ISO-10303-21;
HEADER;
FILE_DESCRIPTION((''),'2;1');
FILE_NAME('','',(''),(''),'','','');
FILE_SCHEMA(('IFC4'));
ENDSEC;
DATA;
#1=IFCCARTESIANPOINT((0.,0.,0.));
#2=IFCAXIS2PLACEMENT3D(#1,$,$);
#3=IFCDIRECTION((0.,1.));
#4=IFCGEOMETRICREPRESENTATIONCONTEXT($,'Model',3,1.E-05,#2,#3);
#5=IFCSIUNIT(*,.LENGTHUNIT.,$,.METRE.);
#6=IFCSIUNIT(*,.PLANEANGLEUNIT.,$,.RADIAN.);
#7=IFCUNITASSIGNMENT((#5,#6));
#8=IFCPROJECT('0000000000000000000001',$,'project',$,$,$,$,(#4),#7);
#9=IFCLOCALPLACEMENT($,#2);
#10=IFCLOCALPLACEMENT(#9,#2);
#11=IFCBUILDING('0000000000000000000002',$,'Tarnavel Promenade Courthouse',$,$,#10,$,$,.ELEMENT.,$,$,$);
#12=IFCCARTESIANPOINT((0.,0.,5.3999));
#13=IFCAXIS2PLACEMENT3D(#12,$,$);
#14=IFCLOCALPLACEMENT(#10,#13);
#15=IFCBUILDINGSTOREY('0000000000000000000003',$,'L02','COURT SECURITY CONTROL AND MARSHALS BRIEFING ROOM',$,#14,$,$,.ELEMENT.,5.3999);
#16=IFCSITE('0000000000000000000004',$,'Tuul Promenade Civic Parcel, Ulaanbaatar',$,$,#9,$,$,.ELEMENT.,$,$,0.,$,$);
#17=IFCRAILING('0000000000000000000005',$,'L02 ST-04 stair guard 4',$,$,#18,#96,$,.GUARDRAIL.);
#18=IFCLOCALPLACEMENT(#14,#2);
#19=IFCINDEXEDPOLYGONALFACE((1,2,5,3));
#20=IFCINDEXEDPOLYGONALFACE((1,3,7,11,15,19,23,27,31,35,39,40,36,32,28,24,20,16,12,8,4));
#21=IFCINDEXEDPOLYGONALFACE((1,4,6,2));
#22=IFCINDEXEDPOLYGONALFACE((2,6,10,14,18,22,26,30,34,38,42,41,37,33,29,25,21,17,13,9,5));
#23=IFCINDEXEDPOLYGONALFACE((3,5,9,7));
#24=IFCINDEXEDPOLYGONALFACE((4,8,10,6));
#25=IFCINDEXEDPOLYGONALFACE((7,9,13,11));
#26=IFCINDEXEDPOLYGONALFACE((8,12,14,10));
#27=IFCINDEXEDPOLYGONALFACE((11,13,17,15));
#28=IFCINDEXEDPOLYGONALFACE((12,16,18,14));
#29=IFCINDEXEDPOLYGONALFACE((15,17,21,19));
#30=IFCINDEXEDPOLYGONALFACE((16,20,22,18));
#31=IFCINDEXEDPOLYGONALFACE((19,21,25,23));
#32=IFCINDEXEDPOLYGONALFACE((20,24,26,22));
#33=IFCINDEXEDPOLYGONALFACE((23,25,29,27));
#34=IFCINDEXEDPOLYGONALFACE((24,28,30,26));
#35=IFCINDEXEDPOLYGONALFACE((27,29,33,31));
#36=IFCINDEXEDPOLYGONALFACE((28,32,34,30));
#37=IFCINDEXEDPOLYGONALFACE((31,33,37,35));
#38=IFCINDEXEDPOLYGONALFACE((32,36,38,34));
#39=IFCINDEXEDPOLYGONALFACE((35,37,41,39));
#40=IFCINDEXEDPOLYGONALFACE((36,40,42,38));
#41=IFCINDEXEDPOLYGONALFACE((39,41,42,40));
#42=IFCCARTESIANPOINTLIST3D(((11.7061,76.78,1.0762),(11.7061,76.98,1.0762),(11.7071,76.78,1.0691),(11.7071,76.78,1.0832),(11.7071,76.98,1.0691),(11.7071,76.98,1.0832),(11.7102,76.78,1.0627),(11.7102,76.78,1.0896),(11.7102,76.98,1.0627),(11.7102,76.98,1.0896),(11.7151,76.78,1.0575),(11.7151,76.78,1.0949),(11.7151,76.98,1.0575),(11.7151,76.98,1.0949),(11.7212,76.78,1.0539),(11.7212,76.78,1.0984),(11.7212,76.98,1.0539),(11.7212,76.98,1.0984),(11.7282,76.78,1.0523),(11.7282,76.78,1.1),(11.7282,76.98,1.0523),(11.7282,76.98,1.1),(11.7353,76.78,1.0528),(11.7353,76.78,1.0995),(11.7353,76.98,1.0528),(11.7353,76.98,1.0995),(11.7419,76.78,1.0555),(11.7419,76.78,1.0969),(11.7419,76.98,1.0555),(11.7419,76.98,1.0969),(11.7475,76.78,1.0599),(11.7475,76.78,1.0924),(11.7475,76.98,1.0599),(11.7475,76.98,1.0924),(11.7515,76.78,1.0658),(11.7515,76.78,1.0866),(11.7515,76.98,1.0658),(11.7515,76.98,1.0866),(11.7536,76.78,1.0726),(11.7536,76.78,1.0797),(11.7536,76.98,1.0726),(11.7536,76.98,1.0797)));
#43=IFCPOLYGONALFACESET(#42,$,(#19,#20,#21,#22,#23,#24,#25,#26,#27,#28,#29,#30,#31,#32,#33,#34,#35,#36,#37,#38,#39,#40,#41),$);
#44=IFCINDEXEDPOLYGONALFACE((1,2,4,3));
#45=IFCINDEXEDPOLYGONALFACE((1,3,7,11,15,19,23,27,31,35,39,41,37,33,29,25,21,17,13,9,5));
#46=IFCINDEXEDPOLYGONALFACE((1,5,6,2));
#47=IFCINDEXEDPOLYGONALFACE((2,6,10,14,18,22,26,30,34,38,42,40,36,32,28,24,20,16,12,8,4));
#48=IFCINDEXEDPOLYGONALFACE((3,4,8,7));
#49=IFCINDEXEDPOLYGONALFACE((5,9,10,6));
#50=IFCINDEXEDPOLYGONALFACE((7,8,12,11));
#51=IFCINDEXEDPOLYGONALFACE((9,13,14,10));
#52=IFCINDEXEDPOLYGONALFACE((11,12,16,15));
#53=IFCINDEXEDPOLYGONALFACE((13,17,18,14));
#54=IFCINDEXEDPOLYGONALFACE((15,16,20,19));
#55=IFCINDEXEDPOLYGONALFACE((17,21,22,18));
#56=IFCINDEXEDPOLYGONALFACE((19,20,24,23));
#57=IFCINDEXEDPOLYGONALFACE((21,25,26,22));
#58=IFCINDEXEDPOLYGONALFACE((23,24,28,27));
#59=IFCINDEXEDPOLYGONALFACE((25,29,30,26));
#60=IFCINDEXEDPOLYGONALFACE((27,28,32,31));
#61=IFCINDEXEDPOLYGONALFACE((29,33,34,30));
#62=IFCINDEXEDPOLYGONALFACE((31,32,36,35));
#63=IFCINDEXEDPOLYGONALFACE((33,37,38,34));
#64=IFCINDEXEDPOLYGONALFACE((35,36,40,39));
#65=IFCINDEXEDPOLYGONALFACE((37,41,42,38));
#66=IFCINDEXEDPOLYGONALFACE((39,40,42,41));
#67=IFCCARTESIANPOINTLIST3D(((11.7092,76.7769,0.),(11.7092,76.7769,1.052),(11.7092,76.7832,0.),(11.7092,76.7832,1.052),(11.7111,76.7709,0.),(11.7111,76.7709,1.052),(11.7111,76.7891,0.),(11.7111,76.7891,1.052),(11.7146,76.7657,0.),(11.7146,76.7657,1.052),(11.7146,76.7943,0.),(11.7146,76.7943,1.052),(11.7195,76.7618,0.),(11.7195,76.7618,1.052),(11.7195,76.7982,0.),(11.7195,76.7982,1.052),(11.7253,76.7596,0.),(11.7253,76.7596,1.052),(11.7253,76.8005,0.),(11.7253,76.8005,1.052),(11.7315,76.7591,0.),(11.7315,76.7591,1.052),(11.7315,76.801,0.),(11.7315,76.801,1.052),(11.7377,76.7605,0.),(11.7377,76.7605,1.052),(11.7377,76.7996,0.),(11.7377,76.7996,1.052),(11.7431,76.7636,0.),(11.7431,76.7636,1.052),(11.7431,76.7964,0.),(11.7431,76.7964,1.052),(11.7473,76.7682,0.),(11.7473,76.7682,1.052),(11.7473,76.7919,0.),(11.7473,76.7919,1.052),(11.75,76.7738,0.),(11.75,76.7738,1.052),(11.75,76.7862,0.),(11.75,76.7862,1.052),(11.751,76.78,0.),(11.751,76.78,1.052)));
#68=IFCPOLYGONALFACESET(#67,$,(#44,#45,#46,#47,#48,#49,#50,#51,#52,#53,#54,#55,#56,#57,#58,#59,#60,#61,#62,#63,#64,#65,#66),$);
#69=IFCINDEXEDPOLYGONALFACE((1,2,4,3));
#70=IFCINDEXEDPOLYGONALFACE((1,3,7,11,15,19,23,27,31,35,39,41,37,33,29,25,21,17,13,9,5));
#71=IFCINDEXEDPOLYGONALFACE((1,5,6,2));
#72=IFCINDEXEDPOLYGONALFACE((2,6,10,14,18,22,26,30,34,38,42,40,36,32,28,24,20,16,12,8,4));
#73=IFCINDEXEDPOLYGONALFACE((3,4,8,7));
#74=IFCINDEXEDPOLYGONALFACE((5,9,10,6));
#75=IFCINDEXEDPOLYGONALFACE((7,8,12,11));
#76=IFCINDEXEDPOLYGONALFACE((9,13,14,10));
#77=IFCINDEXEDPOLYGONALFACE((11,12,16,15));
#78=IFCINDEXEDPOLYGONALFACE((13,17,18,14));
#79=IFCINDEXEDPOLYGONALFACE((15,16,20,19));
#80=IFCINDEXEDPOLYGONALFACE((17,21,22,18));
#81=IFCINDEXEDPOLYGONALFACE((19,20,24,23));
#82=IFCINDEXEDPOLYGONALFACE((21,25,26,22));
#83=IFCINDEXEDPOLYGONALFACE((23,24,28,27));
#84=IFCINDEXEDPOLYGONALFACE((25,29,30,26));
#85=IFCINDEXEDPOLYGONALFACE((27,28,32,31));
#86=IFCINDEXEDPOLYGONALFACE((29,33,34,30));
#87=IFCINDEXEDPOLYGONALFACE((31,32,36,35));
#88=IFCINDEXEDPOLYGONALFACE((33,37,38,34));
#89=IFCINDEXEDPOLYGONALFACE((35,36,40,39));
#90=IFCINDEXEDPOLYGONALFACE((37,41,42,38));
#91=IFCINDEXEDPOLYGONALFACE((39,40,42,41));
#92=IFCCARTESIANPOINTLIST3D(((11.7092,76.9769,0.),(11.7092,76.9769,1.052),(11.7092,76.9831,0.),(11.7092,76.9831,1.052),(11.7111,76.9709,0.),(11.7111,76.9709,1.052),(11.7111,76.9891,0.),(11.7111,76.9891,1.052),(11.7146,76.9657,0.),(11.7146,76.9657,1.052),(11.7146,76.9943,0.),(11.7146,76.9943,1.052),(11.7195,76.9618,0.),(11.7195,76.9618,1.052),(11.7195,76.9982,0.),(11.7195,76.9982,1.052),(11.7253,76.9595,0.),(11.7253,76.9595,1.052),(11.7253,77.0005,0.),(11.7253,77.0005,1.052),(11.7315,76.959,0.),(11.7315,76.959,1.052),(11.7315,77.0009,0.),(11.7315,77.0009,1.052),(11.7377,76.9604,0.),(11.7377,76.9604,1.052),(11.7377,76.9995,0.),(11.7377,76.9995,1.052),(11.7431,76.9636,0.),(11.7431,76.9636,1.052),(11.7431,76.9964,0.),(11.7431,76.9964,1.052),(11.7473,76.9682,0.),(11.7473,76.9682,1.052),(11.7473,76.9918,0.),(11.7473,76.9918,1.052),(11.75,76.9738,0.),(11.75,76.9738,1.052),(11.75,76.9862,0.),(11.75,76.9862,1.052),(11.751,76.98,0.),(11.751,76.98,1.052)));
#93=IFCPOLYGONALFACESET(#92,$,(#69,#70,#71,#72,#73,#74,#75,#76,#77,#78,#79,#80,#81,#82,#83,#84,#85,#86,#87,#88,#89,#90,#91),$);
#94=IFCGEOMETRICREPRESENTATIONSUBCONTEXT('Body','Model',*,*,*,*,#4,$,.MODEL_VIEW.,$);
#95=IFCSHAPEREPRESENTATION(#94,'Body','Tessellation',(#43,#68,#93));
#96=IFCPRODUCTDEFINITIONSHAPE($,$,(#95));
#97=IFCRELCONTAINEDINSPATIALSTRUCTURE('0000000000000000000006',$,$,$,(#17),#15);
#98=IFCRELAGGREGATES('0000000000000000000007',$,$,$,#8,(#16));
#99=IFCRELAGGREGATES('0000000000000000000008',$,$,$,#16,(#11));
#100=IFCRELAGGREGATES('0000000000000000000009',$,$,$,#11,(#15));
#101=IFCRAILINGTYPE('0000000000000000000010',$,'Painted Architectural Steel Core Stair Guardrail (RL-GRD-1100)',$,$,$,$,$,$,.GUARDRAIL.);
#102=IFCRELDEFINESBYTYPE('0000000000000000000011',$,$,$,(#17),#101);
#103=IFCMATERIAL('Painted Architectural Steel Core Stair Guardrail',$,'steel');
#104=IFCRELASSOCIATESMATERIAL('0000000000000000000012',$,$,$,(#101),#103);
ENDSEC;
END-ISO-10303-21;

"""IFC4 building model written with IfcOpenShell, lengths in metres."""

from ifc_helpers import new_model, si_unit, direction, frame, origin, origin_2d, place, context, subcontext, project, spatial, circle, extrude, material, type_object, element, save


model = new_model("IFC4")

# Units and contexts
model_context = context("Model", 3, precision=1e-05, world=origin(), true_north=direction((0.0, 1.0)))
body_context = subcontext(model_context, "Body", "Model", "MODEL_VIEW")
ifc_project = project(units=[si_unit("LENGTHUNIT", "METRE"), si_unit("PLANEANGLEUNIT", "RADIAN")], contexts=[model_context])

# Site, building, storey
site_placement = place(None, origin())
site = spatial("IfcSite", under=ifc_project, at=site_placement, Name="Tuul Promenade Civic Parcel, Ulaanbaatar", CompositionType="ELEMENT", RefElevation=0.0)
building_placement = place(site_placement, origin())
building = spatial("IfcBuilding", under=site, at=building_placement, Name="Tarnavel Promenade Courthouse", CompositionType="ELEMENT")
storey_placement = place(building_placement, frame((0.0, 0.0, 5.3999)))
storey = spatial("IfcBuildingStorey", under=building, at=storey_placement, Name="L02", Description="COURT SECURITY CONTROL AND MARSHALS BRIEFING ROOM", CompositionType="ELEMENT", Elevation=5.3999)

# Railing
ifc_material_1 = material(Name="Painted Architectural Steel Core Stair Guardrail", Category="steel")
railing_type_1 = type_object("IfcRailingType", Name="Painted Architectural Steel Core Stair Guardrail (RL-GRD-1100)", PredefinedType="GUARDRAIL", material=ifc_material_1)
railing_1_placement = place(storey_placement, frame((11.73, 76.78, 0.0)))
element("IfcRailing", 1, at=railing_1_placement, inside=storey, type_object=railing_type_1, Name="L02 ST-04 stair guard 4", PredefinedType="GUARDRAIL", context=body_context, shape_type="SweptSolid", body=[
    extrude(circle(Radius=0.0239, at=origin_2d()), frame((0.0, 0.0, 1.0762), z_axis=(0.0, 1.0, 0.0), x_axis=(-1.0, 0.0, 0.0)), (0.0, 0.0, 1.0), 0.2),
    extrude(circle(Radius=0.021, at=origin_2d()), origin(), (0.0, 0.0, 1.0), 1.052),
    extrude(circle(Radius=0.021, at=origin_2d()), frame((0.0, 0.2, 0.0)), (0.0, 0.0, 1.0), 1.052),
])

save(model, "model.ifc")
